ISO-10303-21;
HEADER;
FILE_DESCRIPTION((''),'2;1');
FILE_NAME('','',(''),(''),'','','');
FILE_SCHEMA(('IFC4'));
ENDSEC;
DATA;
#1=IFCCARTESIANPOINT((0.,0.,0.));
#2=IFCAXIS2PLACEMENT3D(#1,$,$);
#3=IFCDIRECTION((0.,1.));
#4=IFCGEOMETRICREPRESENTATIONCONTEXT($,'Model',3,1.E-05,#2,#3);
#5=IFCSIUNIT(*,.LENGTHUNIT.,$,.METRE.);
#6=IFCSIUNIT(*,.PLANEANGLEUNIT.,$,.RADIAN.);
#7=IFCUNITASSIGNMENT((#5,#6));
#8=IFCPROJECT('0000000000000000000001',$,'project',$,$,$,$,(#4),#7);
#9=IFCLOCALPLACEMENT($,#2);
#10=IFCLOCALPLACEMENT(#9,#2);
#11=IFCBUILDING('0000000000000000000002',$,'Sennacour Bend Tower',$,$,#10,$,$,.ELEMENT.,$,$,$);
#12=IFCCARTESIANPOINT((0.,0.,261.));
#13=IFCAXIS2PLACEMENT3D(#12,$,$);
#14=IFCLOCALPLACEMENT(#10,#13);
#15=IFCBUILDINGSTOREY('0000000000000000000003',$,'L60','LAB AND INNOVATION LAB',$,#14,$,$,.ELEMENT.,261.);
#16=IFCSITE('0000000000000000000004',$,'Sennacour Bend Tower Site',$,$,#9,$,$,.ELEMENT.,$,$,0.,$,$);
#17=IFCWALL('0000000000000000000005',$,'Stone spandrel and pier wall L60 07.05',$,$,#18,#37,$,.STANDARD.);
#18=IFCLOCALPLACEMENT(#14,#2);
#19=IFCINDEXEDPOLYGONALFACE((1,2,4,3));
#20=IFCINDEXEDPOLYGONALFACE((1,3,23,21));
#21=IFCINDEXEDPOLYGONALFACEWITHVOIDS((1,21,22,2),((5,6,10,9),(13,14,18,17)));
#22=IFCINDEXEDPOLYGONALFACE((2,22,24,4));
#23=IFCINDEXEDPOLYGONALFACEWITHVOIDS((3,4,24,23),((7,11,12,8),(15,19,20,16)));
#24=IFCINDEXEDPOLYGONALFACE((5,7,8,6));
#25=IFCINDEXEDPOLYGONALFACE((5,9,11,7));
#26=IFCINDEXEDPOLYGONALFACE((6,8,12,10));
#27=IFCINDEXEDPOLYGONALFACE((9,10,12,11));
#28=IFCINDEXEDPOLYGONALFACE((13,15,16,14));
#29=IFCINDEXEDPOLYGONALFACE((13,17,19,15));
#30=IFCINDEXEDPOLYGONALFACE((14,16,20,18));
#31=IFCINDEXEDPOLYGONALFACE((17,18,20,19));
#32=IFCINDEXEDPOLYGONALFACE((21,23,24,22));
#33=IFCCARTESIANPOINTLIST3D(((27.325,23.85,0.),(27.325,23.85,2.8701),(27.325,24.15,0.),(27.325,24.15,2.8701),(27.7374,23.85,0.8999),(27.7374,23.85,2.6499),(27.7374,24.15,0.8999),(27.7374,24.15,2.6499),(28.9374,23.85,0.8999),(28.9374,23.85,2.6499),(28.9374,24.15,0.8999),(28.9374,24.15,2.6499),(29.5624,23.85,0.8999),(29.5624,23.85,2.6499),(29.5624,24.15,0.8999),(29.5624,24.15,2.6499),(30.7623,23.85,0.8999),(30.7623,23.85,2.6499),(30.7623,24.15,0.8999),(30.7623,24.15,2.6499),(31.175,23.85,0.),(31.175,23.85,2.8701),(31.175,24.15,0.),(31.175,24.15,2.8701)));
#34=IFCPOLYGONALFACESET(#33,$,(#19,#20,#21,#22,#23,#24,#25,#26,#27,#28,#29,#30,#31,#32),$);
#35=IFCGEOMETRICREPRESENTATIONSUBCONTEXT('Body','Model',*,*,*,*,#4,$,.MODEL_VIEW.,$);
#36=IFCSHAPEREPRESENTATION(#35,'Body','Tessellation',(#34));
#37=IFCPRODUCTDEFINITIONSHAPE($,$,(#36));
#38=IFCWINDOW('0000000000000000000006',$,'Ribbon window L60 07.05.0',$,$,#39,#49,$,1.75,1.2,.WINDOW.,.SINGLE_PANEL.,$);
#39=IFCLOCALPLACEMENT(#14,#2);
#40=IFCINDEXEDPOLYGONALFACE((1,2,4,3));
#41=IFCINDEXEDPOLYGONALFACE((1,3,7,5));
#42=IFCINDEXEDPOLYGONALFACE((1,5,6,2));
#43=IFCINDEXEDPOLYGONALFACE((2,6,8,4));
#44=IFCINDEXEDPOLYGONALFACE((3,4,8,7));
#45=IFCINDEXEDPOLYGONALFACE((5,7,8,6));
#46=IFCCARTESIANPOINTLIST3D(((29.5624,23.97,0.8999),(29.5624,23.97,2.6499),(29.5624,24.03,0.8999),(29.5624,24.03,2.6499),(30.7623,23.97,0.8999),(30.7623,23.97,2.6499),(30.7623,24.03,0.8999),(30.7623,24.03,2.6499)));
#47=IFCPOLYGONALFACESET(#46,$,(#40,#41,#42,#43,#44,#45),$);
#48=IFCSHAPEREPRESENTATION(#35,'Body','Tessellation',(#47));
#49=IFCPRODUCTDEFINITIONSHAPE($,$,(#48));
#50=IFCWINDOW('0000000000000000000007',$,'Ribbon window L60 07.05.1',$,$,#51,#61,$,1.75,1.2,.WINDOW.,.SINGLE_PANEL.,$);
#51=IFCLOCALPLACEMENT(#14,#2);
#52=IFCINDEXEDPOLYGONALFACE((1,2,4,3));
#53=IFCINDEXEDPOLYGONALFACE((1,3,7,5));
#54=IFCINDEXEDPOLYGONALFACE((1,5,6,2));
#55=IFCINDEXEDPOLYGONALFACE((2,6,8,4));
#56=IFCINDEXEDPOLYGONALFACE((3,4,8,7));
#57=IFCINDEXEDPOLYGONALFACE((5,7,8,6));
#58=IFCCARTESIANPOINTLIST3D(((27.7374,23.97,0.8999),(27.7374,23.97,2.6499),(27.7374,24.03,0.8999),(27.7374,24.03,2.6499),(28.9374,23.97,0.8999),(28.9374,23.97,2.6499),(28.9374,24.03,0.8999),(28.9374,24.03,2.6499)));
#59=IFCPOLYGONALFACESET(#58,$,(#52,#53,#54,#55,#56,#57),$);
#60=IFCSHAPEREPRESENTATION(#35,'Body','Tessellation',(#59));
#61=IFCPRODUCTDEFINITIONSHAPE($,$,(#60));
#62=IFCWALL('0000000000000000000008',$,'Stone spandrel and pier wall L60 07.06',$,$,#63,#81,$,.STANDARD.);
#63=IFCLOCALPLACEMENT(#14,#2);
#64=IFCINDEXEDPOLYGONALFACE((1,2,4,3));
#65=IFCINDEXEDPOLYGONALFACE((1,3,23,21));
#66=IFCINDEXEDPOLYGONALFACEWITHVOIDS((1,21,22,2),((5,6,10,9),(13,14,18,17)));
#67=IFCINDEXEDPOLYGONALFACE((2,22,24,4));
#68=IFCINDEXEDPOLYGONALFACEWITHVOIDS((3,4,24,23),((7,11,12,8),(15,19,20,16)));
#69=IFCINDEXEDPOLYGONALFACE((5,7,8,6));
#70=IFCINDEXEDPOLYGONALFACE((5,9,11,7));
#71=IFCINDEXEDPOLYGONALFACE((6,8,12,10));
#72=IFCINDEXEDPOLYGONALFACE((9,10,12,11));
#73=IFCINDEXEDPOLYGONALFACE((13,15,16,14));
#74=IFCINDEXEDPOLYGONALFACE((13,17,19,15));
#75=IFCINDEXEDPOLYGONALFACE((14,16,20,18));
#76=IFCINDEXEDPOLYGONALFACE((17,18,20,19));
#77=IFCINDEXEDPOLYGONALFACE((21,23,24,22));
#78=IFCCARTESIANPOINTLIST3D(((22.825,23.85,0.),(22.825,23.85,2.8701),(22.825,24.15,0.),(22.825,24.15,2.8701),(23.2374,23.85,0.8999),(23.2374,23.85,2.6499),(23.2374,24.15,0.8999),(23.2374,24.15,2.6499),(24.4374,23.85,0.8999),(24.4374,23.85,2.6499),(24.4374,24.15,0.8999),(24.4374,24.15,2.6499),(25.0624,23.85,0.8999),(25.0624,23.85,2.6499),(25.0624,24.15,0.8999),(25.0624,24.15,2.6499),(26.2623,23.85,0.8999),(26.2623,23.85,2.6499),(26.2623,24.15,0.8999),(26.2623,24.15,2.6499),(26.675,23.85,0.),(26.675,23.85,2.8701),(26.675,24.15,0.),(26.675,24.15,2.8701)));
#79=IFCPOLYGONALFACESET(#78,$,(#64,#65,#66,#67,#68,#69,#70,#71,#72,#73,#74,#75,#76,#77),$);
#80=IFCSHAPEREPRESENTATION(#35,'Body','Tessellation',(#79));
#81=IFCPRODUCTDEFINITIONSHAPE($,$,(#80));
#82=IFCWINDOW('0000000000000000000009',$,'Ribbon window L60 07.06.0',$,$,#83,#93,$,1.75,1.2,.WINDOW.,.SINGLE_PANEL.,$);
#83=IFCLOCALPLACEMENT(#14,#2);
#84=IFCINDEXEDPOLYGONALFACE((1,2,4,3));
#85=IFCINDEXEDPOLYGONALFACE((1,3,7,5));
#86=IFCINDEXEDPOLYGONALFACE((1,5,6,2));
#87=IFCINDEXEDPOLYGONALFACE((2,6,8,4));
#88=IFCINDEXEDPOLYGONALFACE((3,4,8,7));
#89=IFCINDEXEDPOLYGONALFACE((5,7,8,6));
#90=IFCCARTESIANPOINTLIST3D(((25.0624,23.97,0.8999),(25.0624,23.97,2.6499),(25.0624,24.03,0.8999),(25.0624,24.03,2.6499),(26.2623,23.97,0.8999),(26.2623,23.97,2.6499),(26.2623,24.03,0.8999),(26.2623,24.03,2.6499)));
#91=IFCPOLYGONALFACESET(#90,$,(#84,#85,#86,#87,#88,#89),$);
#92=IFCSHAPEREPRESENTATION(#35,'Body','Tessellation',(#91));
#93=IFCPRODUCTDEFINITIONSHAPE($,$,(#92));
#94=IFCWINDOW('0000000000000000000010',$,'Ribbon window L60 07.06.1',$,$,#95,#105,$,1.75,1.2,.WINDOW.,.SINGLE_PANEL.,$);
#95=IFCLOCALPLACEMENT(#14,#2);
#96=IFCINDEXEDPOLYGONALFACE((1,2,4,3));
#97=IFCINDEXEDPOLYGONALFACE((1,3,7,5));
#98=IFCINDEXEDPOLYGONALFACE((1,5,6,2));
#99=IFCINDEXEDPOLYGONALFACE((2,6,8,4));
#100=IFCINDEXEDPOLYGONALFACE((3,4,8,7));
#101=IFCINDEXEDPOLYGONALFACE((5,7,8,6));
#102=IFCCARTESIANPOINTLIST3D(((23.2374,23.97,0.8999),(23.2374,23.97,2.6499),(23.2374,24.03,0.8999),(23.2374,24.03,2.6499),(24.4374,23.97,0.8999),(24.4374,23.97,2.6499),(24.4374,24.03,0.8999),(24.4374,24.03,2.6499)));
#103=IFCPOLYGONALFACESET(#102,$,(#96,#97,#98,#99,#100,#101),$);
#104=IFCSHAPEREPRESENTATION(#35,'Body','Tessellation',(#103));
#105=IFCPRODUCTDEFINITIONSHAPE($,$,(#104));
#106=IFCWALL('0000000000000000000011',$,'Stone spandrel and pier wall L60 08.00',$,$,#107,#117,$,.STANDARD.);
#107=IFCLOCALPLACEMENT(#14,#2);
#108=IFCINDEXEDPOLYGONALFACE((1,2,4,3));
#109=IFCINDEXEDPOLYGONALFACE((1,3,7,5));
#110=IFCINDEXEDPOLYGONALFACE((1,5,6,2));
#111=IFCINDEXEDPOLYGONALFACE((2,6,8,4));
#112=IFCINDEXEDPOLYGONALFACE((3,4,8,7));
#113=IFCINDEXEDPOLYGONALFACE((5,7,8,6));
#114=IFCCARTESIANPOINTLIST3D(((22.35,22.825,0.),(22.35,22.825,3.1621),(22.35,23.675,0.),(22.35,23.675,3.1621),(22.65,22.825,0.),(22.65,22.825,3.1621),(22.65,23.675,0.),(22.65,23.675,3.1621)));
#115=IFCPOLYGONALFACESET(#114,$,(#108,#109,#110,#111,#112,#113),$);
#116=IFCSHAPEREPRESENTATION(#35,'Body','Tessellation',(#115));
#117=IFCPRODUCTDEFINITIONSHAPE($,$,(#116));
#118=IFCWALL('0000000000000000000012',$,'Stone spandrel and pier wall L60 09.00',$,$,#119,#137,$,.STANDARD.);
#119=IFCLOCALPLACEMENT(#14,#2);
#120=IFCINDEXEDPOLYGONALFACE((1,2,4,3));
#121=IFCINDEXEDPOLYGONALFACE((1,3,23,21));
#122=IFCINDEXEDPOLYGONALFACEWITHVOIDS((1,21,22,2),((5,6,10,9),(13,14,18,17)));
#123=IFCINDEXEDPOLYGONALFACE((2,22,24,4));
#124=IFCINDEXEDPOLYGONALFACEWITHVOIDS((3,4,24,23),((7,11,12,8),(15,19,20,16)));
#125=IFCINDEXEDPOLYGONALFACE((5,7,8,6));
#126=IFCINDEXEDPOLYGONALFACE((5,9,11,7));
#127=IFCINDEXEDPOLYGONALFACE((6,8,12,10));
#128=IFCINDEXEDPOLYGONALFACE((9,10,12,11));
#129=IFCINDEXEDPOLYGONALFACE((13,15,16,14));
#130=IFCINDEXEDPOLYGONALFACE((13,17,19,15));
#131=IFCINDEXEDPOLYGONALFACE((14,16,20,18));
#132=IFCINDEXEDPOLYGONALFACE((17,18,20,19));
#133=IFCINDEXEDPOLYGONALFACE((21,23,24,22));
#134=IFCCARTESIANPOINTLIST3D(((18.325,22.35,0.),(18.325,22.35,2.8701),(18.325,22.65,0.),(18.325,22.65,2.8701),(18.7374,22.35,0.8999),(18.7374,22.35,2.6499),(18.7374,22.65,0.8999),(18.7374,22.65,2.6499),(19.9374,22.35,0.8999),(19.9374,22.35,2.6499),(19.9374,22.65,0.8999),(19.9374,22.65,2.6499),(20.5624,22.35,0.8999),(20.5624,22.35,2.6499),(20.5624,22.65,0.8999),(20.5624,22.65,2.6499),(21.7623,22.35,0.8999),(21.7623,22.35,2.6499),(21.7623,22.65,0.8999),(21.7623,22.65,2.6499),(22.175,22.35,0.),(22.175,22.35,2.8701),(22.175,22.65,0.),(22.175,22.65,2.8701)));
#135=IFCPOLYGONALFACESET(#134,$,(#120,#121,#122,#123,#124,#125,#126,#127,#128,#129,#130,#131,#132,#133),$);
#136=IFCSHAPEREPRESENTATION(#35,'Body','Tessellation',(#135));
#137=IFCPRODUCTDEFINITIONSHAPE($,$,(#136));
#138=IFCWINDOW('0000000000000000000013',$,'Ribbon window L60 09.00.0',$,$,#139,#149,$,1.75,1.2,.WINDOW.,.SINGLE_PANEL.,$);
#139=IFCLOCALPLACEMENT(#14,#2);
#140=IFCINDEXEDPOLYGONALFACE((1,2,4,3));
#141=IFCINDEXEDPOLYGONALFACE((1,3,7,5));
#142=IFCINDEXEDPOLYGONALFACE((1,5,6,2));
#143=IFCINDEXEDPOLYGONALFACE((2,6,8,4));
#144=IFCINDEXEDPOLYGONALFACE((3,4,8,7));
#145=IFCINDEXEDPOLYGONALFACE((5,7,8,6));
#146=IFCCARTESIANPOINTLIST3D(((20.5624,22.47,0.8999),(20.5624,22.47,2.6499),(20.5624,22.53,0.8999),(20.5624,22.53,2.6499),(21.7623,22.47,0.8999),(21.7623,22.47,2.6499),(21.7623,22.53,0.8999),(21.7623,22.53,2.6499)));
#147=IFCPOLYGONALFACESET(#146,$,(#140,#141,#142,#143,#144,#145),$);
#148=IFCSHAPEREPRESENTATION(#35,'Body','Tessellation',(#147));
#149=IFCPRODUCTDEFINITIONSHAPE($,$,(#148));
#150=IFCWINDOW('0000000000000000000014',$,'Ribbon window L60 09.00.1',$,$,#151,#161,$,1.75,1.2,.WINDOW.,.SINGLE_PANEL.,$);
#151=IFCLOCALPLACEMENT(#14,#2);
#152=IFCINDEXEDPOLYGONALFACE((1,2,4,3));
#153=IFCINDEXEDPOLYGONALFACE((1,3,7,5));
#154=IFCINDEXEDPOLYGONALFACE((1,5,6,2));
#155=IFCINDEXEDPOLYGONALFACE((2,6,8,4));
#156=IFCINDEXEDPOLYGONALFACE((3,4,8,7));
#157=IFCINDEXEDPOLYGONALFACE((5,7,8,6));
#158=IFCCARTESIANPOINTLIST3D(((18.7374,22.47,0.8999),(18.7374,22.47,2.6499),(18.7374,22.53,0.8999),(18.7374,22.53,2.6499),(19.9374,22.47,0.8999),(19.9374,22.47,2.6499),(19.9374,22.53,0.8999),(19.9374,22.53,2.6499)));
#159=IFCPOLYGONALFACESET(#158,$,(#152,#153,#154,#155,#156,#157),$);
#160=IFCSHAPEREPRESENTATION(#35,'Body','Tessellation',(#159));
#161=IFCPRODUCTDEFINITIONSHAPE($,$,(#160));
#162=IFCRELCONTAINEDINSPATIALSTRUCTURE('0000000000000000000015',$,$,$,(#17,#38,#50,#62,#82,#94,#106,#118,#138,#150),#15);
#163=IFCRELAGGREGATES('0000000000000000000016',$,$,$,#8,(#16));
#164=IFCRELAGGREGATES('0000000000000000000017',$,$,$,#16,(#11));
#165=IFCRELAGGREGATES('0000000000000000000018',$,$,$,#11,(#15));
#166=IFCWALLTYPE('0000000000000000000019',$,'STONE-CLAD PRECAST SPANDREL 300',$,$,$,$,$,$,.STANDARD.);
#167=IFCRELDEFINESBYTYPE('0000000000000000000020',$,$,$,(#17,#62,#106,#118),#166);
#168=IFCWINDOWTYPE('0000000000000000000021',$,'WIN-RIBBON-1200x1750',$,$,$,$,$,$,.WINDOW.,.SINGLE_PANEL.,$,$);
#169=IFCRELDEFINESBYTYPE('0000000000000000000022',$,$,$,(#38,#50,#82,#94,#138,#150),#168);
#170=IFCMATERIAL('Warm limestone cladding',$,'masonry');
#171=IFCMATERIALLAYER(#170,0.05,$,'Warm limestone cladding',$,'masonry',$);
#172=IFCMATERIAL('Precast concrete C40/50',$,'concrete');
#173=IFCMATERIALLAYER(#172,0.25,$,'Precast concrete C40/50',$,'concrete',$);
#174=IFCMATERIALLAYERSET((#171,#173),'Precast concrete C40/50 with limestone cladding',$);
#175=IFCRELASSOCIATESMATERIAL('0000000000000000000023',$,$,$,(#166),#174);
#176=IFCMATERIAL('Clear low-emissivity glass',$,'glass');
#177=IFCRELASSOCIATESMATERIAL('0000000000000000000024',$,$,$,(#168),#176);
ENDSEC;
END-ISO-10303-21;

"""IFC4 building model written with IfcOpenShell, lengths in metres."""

from ifc_helpers import new_model, si_unit, direction, frame, frame_2d, origin, place, context, subcontext, project, spatial, rectangle, extrude, material, layer, layer_set, type_object, element, fill, save


model = new_model("IFC4")

# Units and contexts
model_context = context("Model", 3, precision=1e-05, world=origin(), true_north=direction((0.0, 1.0)))
body_context = subcontext(model_context, "Body", "Model", "MODEL_VIEW")
ifc_project = project(units=[si_unit("LENGTHUNIT", "METRE"), si_unit("PLANEANGLEUNIT", "RADIAN")], contexts=[model_context])

# Site, building, storey
site_placement = place(None, origin())
site = spatial("IfcSite", under=ifc_project, at=site_placement, Name="Sennacour Bend Tower Site", CompositionType="ELEMENT", RefElevation=0.0)
building_placement = place(site_placement, origin())
building = spatial("IfcBuilding", under=site, at=building_placement, Name="Sennacour Bend Tower", CompositionType="ELEMENT")
storey_placement = place(building_placement, frame((0.0, 0.0, 261.0)))
storey = spatial("IfcBuildingStorey", under=building, at=storey_placement, Name="L60", Description="LAB AND INNOVATION LAB", CompositionType="ELEMENT", Elevation=261.0)

# Walls, openings, windows
ifc_material_1 = material(Name="Warm limestone cladding", Category="masonry")
ifc_layer_1 = layer(ifc_material_1, 0.05, Name="Warm limestone cladding", Category="masonry")
ifc_material_2 = material(Name="Precast concrete C40/50", Category="concrete")
ifc_layer_2 = layer(ifc_material_2, 0.25, Name="Precast concrete C40/50", Category="concrete")
ifc_layer_set = layer_set([ifc_layer_1, ifc_layer_2], Name="Precast concrete C40/50 with limestone cladding")
wall_type = type_object("IfcWallType", Name="STONE-CLAD PRECAST SPANDREL 300", PredefinedType="STANDARD", material=ifc_layer_set)
wall_1_placement = place(storey_placement, frame((31.175, 24.0, 0.0), z_axis=(0.0, 0.0, 1.0), x_axis=(-1.0, 0.0, 0.0)))
wall_1 = element("IfcWall", 1, at=wall_1_placement, inside=storey, type_object=wall_type, Name="Stone spandrel and pier wall L60 07.05", PredefinedType="STANDARD", context=body_context, shape_type="SweptSolid", body=[
    extrude(rectangle(XDim=3.8501, YDim=0.3, at=frame_2d((1.925, 0.0))), origin(), (0.0, 0.0, 1.0), 2.8701),
])
opening_1_placement = place(wall_1_placement, frame((0.4126, 0.0, 0.8999)))
opening_1 = element("IfcOpeningElement", 2, at=opening_1_placement, cuts=wall_1, PredefinedType="OPENING", context=body_context, shape_type="SweptSolid", body=[
    extrude(rectangle(XDim=1.2, YDim=1.75, at=frame_2d((0.6001, 0.875))), frame((0.0, 0.1602, 0.0), z_axis=(0.0, -1.0, 0.0), x_axis=(1.0, 0.0, 0.0)), (0.0, 0.0, 1.0), 0.3201),
])
opening_2_placement = place(wall_1_placement, frame((2.2375, 0.0, 0.8999)))
opening_2 = element("IfcOpeningElement", 3, at=opening_2_placement, cuts=wall_1, PredefinedType="OPENING", context=body_context, shape_type="SweptSolid", body=[
    extrude(rectangle(XDim=1.2, YDim=1.75, at=frame_2d((0.6001, 0.875))), frame((0.0, 0.1602, 0.0), z_axis=(0.0, -1.0, 0.0), x_axis=(1.0, 0.0, 0.0)), (0.0, 0.0, 1.0), 0.3201),
])
ifc_material_3 = material(Name="Clear low-emissivity glass", Category="glass")
window_type = type_object("IfcWindowType", Name="WIN-RIBBON-1200x1750", PartitioningType="SINGLE_PANEL", PredefinedType="WINDOW", material=ifc_material_3)
window_1_placement = place(opening_1_placement, origin())
window_1 = element("IfcWindow", 4, at=window_1_placement, inside=storey, type_object=window_type, Name="Ribbon window L60 07.05.0", OverallHeight=1.75, OverallWidth=1.2, PartitioningType="SINGLE_PANEL", PredefinedType="WINDOW", context=body_context, shape_type="SweptSolid", body=[
    extrude(rectangle(XDim=1.2, YDim=1.75, at=frame_2d((0.6001, 0.875))), frame((0.0, 0.03, 0.0), z_axis=(0.0, -1.0, 0.0), x_axis=(1.0, 0.0, 0.0)), (0.0, 0.0, 1.0), 0.0601),
])
fill(opening_1, window_1)
window_2_placement = place(opening_2_placement, origin())
window_2 = element("IfcWindow", 5, at=window_2_placement, inside=storey, type_object=window_type, Name="Ribbon window L60 07.05.1", OverallHeight=1.75, OverallWidth=1.2, PartitioningType="SINGLE_PANEL", PredefinedType="WINDOW", context=body_context, shape_type="SweptSolid", body=[
    extrude(rectangle(XDim=1.2, YDim=1.75, at=frame_2d((0.6001, 0.875))), frame((0.0, 0.03, 0.0), z_axis=(0.0, -1.0, 0.0), x_axis=(1.0, 0.0, 0.0)), (0.0, 0.0, 1.0), 0.0601),
])
fill(opening_2, window_2)
wall_2_placement = place(storey_placement, frame((26.675, 24.0, 0.0), z_axis=(0.0, 0.0, 1.0), x_axis=(-1.0, 0.0, 0.0)))
wall_2 = element("IfcWall", 6, at=wall_2_placement, inside=storey, type_object=wall_type, Name="Stone spandrel and pier wall L60 07.06", PredefinedType="STANDARD", context=body_context, shape_type="SweptSolid", body=[
    extrude(rectangle(XDim=3.8501, YDim=0.3, at=frame_2d((1.925, 0.0))), origin(), (0.0, 0.0, 1.0), 2.8701),
])
opening_3_placement = place(wall_2_placement, frame((0.4126, 0.0, 0.8999)))
opening_3 = element("IfcOpeningElement", 7, at=opening_3_placement, cuts=wall_2, PredefinedType="OPENING", context=body_context, shape_type="SweptSolid", body=[
    extrude(rectangle(XDim=1.2, YDim=1.75, at=frame_2d((0.6001, 0.875))), frame((0.0, 0.1602, 0.0), z_axis=(0.0, -1.0, 0.0), x_axis=(1.0, 0.0, 0.0)), (0.0, 0.0, 1.0), 0.3201),
])
opening_4_placement = place(wall_2_placement, frame((2.2375, 0.0, 0.8999)))
opening_4 = element("IfcOpeningElement", 8, at=opening_4_placement, cuts=wall_2, PredefinedType="OPENING", context=body_context, shape_type="SweptSolid", body=[
    extrude(rectangle(XDim=1.2, YDim=1.75, at=frame_2d((0.6001, 0.875))), frame((0.0, 0.1602, 0.0), z_axis=(0.0, -1.0, 0.0), x_axis=(1.0, 0.0, 0.0)), (0.0, 0.0, 1.0), 0.3201),
])
window_3_placement = place(opening_3_placement, origin())
window_3 = element("IfcWindow", 9, at=window_3_placement, inside=storey, type_object=window_type, Name="Ribbon window L60 07.06.0", OverallHeight=1.75, OverallWidth=1.2, PartitioningType="SINGLE_PANEL", PredefinedType="WINDOW", context=body_context, shape_type="SweptSolid", body=[
    extrude(rectangle(XDim=1.2, YDim=1.75, at=frame_2d((0.6001, 0.875))), frame((0.0, 0.03, 0.0), z_axis=(0.0, -1.0, 0.0), x_axis=(1.0, 0.0, 0.0)), (0.0, 0.0, 1.0), 0.0601),
])
fill(opening_3, window_3)
window_4_placement = place(opening_4_placement, origin())
window_4 = element("IfcWindow", 10, at=window_4_placement, inside=storey, type_object=window_type, Name="Ribbon window L60 07.06.1", OverallHeight=1.75, OverallWidth=1.2, PartitioningType="SINGLE_PANEL", PredefinedType="WINDOW", context=body_context, shape_type="SweptSolid", body=[
    extrude(rectangle(XDim=1.2, YDim=1.75, at=frame_2d((0.6001, 0.875))), frame((0.0, 0.03, 0.0), z_axis=(0.0, -1.0, 0.0), x_axis=(1.0, 0.0, 0.0)), (0.0, 0.0, 1.0), 0.0601),
])
fill(opening_4, window_4)

# Wall
wall_3_placement = place(storey_placement, frame((22.5, 23.675, 0.0), z_axis=(0.0, 0.0, 1.0), x_axis=(0.0, -1.0, 0.0)))
element("IfcWall", 11, at=wall_3_placement, inside=storey, type_object=wall_type, Name="Stone spandrel and pier wall L60 08.00", PredefinedType="STANDARD", context=body_context, shape_type="SweptSolid", body=[
    extrude(rectangle(XDim=0.8501, YDim=0.3, at=frame_2d((0.425, 0.0))), origin(), (0.0, 0.0, 1.0), 3.1621),
])

# Wall, openings, windows
wall_4_placement = place(storey_placement, frame((22.175, 22.5, 0.0), z_axis=(0.0, 0.0, 1.0), x_axis=(-1.0, 0.0, 0.0)))
wall_4 = element("IfcWall", 12, at=wall_4_placement, inside=storey, type_object=wall_type, Name="Stone spandrel and pier wall L60 09.00", PredefinedType="STANDARD", context=body_context, shape_type="SweptSolid", body=[
    extrude(rectangle(XDim=3.8501, YDim=0.3, at=frame_2d((1.925, 0.0))), origin(), (0.0, 0.0, 1.0), 2.8701),
])
opening_5_placement = place(wall_4_placement, frame((0.4126, 0.0, 0.8999)))
opening_5 = element("IfcOpeningElement", 13, at=opening_5_placement, cuts=wall_4, PredefinedType="OPENING", context=body_context, shape_type="SweptSolid", body=[
    extrude(rectangle(XDim=1.2, YDim=1.75, at=frame_2d((0.6001, 0.875))), frame((0.0, 0.1602, 0.0), z_axis=(0.0, -1.0, 0.0), x_axis=(1.0, 0.0, 0.0)), (0.0, 0.0, 1.0), 0.3201),
])
opening_6_placement = place(wall_4_placement, frame((2.2375, 0.0, 0.8999)))
opening_6 = element("IfcOpeningElement", 14, at=opening_6_placement, cuts=wall_4, PredefinedType="OPENING", context=body_context, shape_type="SweptSolid", body=[
    extrude(rectangle(XDim=1.2, YDim=1.75, at=frame_2d((0.6001, 0.875))), frame((0.0, 0.1602, 0.0), z_axis=(0.0, -1.0, 0.0), x_axis=(1.0, 0.0, 0.0)), (0.0, 0.0, 1.0), 0.3201),
])
window_5_placement = place(opening_5_placement, origin())
window_5 = element("IfcWindow", 15, at=window_5_placement, inside=storey, type_object=window_type, Name="Ribbon window L60 09.00.0", OverallHeight=1.75, OverallWidth=1.2, PartitioningType="SINGLE_PANEL", PredefinedType="WINDOW", context=body_context, shape_type="SweptSolid", body=[
    extrude(rectangle(XDim=1.2, YDim=1.75, at=frame_2d((0.6001, 0.875))), frame((0.0, 0.03, 0.0), z_axis=(0.0, -1.0, 0.0), x_axis=(1.0, 0.0, 0.0)), (0.0, 0.0, 1.0), 0.0601),
])
fill(opening_5, window_5)
window_6_placement = place(opening_6_placement, origin())
window_6 = element("IfcWindow", 16, at=window_6_placement, inside=storey, type_object=window_type, Name="Ribbon window L60 09.00.1", OverallHeight=1.75, OverallWidth=1.2, PartitioningType="SINGLE_PANEL", PredefinedType="WINDOW", context=body_context, shape_type="SweptSolid", body=[
    extrude(rectangle(XDim=1.2, YDim=1.75, at=frame_2d((0.6001, 0.875))), frame((0.0, 0.03, 0.0), z_axis=(0.0, -1.0, 0.0), x_axis=(1.0, 0.0, 0.0)), (0.0, 0.0, 1.0), 0.0601),
])
fill(opening_6, window_6)

save(model, "model.ifc")
